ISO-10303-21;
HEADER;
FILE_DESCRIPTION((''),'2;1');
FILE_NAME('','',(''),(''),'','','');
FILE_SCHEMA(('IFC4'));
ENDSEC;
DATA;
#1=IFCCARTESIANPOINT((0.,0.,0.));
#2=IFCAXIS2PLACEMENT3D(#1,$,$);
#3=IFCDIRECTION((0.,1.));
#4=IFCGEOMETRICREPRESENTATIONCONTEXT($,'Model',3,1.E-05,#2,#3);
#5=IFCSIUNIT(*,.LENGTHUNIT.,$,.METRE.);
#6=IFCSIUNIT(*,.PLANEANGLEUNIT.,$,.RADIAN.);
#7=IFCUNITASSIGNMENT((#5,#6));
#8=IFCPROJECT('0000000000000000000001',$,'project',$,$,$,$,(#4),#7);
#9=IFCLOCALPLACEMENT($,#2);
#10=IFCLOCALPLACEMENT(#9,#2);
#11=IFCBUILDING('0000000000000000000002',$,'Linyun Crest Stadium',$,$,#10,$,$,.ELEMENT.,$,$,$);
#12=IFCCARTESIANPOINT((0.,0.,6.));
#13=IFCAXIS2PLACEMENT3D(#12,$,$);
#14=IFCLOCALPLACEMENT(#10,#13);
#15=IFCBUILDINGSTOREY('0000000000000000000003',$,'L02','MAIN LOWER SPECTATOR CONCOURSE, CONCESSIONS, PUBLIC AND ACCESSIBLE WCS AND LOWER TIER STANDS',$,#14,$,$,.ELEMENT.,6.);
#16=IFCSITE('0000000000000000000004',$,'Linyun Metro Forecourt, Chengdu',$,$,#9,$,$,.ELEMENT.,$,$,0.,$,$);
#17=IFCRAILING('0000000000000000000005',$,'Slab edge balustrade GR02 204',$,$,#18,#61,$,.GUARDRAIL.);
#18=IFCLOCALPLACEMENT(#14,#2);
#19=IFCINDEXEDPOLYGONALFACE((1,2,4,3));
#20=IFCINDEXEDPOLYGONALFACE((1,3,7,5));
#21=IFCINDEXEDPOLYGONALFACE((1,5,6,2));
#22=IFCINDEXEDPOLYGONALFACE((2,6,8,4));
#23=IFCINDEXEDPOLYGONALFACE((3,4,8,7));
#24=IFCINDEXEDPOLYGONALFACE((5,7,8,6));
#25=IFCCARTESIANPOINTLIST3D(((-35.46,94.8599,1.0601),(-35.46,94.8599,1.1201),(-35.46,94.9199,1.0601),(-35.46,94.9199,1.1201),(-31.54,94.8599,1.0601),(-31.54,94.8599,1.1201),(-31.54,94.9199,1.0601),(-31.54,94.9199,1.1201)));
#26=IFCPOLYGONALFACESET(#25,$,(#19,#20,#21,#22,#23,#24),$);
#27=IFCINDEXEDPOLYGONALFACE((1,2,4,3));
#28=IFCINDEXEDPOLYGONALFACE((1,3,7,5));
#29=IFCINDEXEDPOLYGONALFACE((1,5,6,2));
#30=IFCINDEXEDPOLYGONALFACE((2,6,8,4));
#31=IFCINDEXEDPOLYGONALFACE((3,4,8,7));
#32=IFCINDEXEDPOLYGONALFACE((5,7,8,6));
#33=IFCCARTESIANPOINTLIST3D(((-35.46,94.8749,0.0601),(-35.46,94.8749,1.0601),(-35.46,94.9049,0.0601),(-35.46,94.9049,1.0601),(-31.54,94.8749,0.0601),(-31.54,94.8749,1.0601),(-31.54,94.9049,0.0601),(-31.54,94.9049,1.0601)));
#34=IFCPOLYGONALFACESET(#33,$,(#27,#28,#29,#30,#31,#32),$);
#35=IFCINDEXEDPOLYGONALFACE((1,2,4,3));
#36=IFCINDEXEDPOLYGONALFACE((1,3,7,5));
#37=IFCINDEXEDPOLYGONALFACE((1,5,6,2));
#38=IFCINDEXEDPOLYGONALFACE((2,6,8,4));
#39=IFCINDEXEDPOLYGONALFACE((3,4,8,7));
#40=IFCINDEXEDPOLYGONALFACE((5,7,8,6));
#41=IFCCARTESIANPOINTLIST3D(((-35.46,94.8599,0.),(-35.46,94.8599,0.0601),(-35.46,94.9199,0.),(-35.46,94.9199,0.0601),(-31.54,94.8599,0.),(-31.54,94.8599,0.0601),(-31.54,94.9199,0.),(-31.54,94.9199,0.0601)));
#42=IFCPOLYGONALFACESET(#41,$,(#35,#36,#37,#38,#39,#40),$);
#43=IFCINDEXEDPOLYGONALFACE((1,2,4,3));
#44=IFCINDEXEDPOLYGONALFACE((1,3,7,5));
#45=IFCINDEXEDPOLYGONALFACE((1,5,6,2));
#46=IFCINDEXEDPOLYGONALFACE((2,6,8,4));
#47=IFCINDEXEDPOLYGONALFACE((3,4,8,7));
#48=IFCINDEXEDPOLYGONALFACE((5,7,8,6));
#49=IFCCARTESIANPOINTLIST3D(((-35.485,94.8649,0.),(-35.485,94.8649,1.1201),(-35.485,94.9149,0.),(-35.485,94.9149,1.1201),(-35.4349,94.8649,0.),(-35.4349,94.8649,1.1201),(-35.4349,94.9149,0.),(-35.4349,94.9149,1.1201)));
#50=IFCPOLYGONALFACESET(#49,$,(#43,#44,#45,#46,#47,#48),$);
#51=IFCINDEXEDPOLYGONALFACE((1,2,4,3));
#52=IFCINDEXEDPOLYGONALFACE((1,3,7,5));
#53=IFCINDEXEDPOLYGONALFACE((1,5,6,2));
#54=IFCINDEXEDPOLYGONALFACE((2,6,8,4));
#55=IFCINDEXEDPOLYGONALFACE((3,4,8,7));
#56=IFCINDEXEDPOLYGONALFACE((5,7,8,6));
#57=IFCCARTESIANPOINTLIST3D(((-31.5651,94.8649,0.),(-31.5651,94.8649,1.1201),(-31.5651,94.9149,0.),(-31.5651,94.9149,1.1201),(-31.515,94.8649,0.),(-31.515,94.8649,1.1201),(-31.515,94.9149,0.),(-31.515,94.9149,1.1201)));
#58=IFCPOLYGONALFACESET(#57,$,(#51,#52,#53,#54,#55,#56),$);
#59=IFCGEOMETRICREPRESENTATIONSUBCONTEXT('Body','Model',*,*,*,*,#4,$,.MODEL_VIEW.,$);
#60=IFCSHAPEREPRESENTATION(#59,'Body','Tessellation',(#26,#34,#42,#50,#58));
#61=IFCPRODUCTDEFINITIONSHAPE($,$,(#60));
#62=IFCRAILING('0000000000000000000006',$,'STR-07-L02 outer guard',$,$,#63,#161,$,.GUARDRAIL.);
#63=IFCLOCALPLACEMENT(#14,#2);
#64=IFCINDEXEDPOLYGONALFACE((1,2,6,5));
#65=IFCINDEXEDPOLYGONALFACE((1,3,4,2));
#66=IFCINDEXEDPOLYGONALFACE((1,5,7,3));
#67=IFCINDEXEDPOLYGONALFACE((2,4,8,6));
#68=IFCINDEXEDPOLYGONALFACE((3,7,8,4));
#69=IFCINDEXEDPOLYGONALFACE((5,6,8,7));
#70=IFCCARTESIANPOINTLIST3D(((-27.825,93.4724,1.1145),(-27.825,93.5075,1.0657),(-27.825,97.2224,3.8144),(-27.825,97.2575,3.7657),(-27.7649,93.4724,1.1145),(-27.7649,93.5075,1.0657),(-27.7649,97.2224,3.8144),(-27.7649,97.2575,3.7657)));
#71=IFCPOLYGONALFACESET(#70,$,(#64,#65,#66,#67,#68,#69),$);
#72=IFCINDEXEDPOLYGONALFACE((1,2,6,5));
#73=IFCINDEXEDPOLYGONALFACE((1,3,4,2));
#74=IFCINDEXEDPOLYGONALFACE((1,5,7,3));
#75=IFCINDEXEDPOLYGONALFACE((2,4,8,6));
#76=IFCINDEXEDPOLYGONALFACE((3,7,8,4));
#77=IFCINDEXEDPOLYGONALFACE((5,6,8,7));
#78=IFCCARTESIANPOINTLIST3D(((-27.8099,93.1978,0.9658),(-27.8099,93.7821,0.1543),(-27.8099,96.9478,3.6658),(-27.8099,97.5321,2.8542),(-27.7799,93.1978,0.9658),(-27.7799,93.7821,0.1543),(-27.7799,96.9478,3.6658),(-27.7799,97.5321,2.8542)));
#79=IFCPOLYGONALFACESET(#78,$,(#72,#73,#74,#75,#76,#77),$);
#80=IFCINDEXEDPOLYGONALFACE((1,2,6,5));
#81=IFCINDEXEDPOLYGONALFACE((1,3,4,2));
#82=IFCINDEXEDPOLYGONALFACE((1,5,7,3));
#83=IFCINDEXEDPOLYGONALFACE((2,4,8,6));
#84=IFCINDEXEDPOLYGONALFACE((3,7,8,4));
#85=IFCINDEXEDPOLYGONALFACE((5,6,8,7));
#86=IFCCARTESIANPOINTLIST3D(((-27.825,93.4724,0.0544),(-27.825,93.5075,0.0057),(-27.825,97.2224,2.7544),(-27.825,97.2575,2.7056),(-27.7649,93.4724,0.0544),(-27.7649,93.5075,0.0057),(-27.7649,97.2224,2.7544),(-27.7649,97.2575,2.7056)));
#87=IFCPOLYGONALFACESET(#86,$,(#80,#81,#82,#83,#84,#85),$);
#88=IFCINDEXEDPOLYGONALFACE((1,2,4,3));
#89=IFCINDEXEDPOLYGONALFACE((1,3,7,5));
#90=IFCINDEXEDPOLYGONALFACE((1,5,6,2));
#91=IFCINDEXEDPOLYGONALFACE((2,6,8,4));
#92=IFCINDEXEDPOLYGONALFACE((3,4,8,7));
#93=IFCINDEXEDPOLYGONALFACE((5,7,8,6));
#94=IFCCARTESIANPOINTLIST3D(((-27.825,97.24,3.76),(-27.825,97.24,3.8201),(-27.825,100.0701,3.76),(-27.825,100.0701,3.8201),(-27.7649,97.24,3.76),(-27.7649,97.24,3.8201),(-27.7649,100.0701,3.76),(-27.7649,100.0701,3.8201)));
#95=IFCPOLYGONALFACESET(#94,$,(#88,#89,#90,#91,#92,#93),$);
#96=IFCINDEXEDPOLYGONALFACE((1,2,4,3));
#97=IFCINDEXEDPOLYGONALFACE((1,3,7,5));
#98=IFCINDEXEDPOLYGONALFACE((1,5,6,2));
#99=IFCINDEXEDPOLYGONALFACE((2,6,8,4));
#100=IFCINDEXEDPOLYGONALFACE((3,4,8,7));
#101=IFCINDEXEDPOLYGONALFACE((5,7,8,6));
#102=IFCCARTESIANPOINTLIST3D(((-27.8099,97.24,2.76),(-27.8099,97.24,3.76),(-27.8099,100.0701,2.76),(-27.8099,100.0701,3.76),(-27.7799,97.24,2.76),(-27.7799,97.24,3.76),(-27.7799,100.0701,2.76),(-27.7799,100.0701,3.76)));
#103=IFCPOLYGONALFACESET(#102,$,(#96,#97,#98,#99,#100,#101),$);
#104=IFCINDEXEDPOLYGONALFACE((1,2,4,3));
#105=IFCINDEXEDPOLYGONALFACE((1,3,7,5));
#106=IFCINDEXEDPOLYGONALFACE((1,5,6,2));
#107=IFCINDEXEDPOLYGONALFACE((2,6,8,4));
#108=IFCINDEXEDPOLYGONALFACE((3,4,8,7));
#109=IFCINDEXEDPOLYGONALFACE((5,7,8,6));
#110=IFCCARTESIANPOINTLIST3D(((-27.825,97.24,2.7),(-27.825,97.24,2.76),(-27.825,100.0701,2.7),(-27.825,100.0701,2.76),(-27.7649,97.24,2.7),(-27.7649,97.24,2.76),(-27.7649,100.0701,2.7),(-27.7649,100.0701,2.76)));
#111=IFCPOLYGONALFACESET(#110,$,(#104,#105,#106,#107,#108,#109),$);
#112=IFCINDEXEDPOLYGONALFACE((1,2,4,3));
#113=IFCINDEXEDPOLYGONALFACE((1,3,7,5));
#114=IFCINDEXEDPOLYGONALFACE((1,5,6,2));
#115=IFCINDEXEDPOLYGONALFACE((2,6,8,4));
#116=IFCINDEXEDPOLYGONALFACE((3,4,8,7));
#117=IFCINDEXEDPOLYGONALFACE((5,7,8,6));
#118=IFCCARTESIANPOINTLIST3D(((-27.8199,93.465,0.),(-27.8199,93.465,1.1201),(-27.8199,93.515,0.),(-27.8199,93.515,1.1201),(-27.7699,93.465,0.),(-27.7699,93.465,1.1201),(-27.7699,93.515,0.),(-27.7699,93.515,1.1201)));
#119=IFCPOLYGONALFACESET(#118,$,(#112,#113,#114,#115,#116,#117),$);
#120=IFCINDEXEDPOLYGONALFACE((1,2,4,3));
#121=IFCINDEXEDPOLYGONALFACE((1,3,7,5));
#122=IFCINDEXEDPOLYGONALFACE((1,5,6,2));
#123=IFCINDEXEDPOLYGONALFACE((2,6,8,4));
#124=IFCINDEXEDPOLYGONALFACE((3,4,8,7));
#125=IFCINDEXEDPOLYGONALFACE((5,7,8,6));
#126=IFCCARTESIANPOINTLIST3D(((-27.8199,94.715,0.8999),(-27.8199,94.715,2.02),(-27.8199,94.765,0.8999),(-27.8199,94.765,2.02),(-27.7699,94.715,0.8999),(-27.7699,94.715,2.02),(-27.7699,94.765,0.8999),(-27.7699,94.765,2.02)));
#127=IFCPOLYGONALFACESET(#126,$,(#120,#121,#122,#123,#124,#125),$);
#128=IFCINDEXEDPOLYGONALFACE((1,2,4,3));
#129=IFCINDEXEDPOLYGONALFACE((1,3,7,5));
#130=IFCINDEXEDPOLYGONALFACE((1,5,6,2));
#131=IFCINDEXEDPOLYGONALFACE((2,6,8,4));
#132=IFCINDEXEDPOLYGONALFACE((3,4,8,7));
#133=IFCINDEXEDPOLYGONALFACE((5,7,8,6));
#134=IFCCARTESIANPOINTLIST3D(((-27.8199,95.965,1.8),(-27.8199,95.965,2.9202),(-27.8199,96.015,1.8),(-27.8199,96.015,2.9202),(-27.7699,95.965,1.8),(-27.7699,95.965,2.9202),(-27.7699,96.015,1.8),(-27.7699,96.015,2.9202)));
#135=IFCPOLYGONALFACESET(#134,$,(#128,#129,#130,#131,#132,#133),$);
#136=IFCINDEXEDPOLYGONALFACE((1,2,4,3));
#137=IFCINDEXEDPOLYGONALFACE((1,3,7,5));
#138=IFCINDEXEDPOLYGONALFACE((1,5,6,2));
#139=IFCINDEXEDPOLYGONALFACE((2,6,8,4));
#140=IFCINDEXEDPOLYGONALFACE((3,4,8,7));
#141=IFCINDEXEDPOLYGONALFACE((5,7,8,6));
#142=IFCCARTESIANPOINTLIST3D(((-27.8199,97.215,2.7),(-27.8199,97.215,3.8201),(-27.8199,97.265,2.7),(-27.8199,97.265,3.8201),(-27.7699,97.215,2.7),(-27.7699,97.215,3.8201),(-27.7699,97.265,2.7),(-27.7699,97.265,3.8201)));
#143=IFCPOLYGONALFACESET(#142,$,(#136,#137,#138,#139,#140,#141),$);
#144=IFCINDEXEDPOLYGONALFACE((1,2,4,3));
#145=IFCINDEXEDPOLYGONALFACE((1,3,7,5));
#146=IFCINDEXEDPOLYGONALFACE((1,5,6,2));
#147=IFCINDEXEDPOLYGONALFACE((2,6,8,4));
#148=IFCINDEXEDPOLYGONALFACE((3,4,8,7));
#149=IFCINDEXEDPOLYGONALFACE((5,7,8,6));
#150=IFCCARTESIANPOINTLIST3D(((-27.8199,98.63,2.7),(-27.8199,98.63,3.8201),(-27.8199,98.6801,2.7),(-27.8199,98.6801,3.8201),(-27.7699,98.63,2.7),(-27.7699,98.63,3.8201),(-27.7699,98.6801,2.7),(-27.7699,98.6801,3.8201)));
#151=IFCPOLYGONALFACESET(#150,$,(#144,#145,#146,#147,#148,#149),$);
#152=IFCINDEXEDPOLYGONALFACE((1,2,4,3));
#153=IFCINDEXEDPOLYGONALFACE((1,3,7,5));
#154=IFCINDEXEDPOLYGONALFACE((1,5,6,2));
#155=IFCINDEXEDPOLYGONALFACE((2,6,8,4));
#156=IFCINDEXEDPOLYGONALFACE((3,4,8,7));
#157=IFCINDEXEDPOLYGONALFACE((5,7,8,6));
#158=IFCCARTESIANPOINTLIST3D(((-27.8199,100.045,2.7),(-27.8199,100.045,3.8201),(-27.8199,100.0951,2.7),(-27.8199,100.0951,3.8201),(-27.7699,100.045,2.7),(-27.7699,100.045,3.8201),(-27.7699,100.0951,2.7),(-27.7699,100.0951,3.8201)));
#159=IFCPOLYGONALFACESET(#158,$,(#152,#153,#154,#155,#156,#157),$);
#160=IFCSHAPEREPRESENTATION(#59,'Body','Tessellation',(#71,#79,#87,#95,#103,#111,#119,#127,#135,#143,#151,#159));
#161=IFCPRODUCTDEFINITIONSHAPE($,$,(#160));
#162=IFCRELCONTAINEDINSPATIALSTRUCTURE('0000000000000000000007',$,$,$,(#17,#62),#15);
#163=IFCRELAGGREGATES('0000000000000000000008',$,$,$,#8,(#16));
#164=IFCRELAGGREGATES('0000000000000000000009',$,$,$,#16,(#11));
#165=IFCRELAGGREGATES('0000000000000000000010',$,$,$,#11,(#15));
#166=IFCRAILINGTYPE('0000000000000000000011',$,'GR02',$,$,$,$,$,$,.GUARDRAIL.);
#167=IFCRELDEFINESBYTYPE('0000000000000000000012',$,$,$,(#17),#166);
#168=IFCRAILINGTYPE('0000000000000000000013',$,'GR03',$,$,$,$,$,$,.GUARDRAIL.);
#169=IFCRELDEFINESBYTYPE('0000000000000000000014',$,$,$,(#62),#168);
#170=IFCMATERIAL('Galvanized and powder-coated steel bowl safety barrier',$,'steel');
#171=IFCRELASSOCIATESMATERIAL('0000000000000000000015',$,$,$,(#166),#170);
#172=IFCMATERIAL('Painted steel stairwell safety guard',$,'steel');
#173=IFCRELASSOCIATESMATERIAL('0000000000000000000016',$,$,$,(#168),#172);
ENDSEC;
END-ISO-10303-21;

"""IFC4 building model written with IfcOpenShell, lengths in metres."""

from ifc_helpers import new_model, si_unit, direction, frame, origin, origin_2d, place, context, subcontext, project, spatial, rectangle, extrude, material, type_object, element, save


model = new_model("IFC4")

# Units and contexts
model_context = context("Model", 3, precision=1e-05, world=origin(), true_north=direction((0.0, 1.0)))
body_context = subcontext(model_context, "Body", "Model", "MODEL_VIEW")
ifc_project = project(units=[si_unit("LENGTHUNIT", "METRE"), si_unit("PLANEANGLEUNIT", "RADIAN")], contexts=[model_context])

# Site, building, storey
site_placement = place(None, origin())
site = spatial("IfcSite", under=ifc_project, at=site_placement, Name="Linyun Metro Forecourt, Chengdu", CompositionType="ELEMENT", RefElevation=0.0)
building_placement = place(site_placement, origin())
building = spatial("IfcBuilding", under=site, at=building_placement, Name="Linyun Crest Stadium", CompositionType="ELEMENT")
storey_placement = place(building_placement, frame((0.0, 0.0, 6.0)))
storey = spatial("IfcBuildingStorey", under=building, at=storey_placement, Name="L02", Description="MAIN LOWER SPECTATOR CONCOURSE, CONCESSIONS, PUBLIC AND ACCESSIBLE WCS AND LOWER TIER STANDS", CompositionType="ELEMENT", Elevation=6.0)

# Railings
ifc_material_1 = material(Name="Galvanized and powder-coated steel bowl safety barrier", Category="steel")
railing_type_1 = type_object("IfcRailingType", Name="GR02", PredefinedType="GUARDRAIL", material=ifc_material_1)
railing_1_placement = place(storey_placement, frame((-35.46, 94.8899, 0.0)))
element("IfcRailing", 1, at=railing_1_placement, inside=storey, type_object=railing_type_1, Name="Slab edge balustrade GR02 204", PredefinedType="GUARDRAIL", context=body_context, shape_type="SweptSolid", body=[
    extrude(rectangle(XDim=0.0601, YDim=0.0601, at=origin_2d()), frame((0.0, 0.0, 1.0901), z_axis=(1.0, 0.0, 0.0), x_axis=(0.0, 1.0, 0.0)), (0.0, 0.0, 1.0), 3.9199),
    extrude(rectangle(XDim=0.03, YDim=1.0, at=origin_2d()), frame((0.0, 0.0, 0.5601), z_axis=(1.0, 0.0, 0.0), x_axis=(0.0, 1.0, 0.0)), (0.0, 0.0, 1.0), 3.9199),
    extrude(rectangle(XDim=0.0601, YDim=0.0601, at=origin_2d()), frame((0.0, 0.0, 0.03), z_axis=(1.0, 0.0, 0.0), x_axis=(0.0, 1.0, 0.0)), (0.0, 0.0, 1.0), 3.9199),
    extrude(rectangle(XDim=0.05, YDim=0.05, at=origin_2d()), origin(), (0.0, 0.0, 1.0), 1.1201),
    extrude(rectangle(XDim=0.05, YDim=0.05, at=origin_2d()), frame((3.9199, 0.0, 0.0)), (0.0, 0.0, 1.0), 1.1201),
])
ifc_material_2 = material(Name="Painted steel stairwell safety guard", Category="steel")
railing_type_2 = type_object("IfcRailingType", Name="GR03", PredefinedType="GUARDRAIL", material=ifc_material_2)
railing_2_placement = place(storey_placement, frame((-27.7949, 93.49, 0.0)))
element("IfcRailing", 2, at=railing_2_placement, inside=storey, type_object=railing_type_2, Name="STR-07-L02 outer guard", PredefinedType="GUARDRAIL", context=body_context, shape_type="SweptSolid", body=[
    extrude(rectangle(XDim=0.0601, YDim=0.0601, at=origin_2d()), frame((0.0, 0.0, 1.0901), z_axis=(0.0, 0.811539, 0.584298), x_axis=(-1.0, 0.0, 0.0)), (0.0, 0.0, 1.0), 4.6208),
    extrude(rectangle(XDim=0.03, YDim=1.0, at=origin_2d()), frame((0.0, 0.0, 0.5601), z_axis=(0.0, 0.811539, 0.584298), x_axis=(-1.0, 0.0, 0.0)), (0.0, 0.0, 1.0), 4.6208),
    extrude(rectangle(XDim=0.0601, YDim=0.0601, at=origin_2d()), frame((0.0, 0.0, 0.03), z_axis=(0.0, 0.811539, 0.584298), x_axis=(-1.0, 0.0, 0.0)), (0.0, 0.0, 1.0), 4.6208),
    extrude(rectangle(XDim=0.0601, YDim=0.0601, at=origin_2d()), frame((0.0, 3.75, 3.79), z_axis=(0.0, 1.0, 0.0), x_axis=(-1.0, 0.0, 0.0)), (0.0, 0.0, 1.0), 2.8301),
    extrude(rectangle(XDim=0.03, YDim=1.0, at=origin_2d()), frame((0.0, 3.75, 3.26), z_axis=(0.0, 1.0, 0.0), x_axis=(-1.0, 0.0, 0.0)), (0.0, 0.0, 1.0), 2.8301),
    extrude(rectangle(XDim=0.0601, YDim=0.0601, at=origin_2d()), frame((0.0, 3.75, 2.73), z_axis=(0.0, 1.0, 0.0), x_axis=(-1.0, 0.0, 0.0)), (0.0, 0.0, 1.0), 2.8301),
    extrude(rectangle(XDim=0.05, YDim=0.05, at=origin_2d()), origin(), (0.0, 0.0, 1.0), 1.1201),
    extrude(rectangle(XDim=0.05, YDim=0.05, at=origin_2d()), frame((0.0, 1.25, 0.8999)), (0.0, 0.0, 1.0), 1.1201),
    extrude(rectangle(XDim=0.05, YDim=0.05, at=origin_2d()), frame((0.0, 2.5, 1.8)), (0.0, 0.0, 1.0), 1.1201),
    extrude(rectangle(XDim=0.05, YDim=0.05, at=origin_2d()), frame((0.0, 3.75, 2.7)), (0.0, 0.0, 1.0), 1.1201),
    extrude(rectangle(XDim=0.05, YDim=0.05, at=origin_2d()), frame((0.0, 5.165, 2.7)), (0.0, 0.0, 1.0), 1.1201),
    extrude(rectangle(XDim=0.05, YDim=0.05, at=origin_2d()), frame((0.0, 6.5801, 2.7)), (0.0, 0.0, 1.0), 1.1201),
])

save(model, "model.ifc")
